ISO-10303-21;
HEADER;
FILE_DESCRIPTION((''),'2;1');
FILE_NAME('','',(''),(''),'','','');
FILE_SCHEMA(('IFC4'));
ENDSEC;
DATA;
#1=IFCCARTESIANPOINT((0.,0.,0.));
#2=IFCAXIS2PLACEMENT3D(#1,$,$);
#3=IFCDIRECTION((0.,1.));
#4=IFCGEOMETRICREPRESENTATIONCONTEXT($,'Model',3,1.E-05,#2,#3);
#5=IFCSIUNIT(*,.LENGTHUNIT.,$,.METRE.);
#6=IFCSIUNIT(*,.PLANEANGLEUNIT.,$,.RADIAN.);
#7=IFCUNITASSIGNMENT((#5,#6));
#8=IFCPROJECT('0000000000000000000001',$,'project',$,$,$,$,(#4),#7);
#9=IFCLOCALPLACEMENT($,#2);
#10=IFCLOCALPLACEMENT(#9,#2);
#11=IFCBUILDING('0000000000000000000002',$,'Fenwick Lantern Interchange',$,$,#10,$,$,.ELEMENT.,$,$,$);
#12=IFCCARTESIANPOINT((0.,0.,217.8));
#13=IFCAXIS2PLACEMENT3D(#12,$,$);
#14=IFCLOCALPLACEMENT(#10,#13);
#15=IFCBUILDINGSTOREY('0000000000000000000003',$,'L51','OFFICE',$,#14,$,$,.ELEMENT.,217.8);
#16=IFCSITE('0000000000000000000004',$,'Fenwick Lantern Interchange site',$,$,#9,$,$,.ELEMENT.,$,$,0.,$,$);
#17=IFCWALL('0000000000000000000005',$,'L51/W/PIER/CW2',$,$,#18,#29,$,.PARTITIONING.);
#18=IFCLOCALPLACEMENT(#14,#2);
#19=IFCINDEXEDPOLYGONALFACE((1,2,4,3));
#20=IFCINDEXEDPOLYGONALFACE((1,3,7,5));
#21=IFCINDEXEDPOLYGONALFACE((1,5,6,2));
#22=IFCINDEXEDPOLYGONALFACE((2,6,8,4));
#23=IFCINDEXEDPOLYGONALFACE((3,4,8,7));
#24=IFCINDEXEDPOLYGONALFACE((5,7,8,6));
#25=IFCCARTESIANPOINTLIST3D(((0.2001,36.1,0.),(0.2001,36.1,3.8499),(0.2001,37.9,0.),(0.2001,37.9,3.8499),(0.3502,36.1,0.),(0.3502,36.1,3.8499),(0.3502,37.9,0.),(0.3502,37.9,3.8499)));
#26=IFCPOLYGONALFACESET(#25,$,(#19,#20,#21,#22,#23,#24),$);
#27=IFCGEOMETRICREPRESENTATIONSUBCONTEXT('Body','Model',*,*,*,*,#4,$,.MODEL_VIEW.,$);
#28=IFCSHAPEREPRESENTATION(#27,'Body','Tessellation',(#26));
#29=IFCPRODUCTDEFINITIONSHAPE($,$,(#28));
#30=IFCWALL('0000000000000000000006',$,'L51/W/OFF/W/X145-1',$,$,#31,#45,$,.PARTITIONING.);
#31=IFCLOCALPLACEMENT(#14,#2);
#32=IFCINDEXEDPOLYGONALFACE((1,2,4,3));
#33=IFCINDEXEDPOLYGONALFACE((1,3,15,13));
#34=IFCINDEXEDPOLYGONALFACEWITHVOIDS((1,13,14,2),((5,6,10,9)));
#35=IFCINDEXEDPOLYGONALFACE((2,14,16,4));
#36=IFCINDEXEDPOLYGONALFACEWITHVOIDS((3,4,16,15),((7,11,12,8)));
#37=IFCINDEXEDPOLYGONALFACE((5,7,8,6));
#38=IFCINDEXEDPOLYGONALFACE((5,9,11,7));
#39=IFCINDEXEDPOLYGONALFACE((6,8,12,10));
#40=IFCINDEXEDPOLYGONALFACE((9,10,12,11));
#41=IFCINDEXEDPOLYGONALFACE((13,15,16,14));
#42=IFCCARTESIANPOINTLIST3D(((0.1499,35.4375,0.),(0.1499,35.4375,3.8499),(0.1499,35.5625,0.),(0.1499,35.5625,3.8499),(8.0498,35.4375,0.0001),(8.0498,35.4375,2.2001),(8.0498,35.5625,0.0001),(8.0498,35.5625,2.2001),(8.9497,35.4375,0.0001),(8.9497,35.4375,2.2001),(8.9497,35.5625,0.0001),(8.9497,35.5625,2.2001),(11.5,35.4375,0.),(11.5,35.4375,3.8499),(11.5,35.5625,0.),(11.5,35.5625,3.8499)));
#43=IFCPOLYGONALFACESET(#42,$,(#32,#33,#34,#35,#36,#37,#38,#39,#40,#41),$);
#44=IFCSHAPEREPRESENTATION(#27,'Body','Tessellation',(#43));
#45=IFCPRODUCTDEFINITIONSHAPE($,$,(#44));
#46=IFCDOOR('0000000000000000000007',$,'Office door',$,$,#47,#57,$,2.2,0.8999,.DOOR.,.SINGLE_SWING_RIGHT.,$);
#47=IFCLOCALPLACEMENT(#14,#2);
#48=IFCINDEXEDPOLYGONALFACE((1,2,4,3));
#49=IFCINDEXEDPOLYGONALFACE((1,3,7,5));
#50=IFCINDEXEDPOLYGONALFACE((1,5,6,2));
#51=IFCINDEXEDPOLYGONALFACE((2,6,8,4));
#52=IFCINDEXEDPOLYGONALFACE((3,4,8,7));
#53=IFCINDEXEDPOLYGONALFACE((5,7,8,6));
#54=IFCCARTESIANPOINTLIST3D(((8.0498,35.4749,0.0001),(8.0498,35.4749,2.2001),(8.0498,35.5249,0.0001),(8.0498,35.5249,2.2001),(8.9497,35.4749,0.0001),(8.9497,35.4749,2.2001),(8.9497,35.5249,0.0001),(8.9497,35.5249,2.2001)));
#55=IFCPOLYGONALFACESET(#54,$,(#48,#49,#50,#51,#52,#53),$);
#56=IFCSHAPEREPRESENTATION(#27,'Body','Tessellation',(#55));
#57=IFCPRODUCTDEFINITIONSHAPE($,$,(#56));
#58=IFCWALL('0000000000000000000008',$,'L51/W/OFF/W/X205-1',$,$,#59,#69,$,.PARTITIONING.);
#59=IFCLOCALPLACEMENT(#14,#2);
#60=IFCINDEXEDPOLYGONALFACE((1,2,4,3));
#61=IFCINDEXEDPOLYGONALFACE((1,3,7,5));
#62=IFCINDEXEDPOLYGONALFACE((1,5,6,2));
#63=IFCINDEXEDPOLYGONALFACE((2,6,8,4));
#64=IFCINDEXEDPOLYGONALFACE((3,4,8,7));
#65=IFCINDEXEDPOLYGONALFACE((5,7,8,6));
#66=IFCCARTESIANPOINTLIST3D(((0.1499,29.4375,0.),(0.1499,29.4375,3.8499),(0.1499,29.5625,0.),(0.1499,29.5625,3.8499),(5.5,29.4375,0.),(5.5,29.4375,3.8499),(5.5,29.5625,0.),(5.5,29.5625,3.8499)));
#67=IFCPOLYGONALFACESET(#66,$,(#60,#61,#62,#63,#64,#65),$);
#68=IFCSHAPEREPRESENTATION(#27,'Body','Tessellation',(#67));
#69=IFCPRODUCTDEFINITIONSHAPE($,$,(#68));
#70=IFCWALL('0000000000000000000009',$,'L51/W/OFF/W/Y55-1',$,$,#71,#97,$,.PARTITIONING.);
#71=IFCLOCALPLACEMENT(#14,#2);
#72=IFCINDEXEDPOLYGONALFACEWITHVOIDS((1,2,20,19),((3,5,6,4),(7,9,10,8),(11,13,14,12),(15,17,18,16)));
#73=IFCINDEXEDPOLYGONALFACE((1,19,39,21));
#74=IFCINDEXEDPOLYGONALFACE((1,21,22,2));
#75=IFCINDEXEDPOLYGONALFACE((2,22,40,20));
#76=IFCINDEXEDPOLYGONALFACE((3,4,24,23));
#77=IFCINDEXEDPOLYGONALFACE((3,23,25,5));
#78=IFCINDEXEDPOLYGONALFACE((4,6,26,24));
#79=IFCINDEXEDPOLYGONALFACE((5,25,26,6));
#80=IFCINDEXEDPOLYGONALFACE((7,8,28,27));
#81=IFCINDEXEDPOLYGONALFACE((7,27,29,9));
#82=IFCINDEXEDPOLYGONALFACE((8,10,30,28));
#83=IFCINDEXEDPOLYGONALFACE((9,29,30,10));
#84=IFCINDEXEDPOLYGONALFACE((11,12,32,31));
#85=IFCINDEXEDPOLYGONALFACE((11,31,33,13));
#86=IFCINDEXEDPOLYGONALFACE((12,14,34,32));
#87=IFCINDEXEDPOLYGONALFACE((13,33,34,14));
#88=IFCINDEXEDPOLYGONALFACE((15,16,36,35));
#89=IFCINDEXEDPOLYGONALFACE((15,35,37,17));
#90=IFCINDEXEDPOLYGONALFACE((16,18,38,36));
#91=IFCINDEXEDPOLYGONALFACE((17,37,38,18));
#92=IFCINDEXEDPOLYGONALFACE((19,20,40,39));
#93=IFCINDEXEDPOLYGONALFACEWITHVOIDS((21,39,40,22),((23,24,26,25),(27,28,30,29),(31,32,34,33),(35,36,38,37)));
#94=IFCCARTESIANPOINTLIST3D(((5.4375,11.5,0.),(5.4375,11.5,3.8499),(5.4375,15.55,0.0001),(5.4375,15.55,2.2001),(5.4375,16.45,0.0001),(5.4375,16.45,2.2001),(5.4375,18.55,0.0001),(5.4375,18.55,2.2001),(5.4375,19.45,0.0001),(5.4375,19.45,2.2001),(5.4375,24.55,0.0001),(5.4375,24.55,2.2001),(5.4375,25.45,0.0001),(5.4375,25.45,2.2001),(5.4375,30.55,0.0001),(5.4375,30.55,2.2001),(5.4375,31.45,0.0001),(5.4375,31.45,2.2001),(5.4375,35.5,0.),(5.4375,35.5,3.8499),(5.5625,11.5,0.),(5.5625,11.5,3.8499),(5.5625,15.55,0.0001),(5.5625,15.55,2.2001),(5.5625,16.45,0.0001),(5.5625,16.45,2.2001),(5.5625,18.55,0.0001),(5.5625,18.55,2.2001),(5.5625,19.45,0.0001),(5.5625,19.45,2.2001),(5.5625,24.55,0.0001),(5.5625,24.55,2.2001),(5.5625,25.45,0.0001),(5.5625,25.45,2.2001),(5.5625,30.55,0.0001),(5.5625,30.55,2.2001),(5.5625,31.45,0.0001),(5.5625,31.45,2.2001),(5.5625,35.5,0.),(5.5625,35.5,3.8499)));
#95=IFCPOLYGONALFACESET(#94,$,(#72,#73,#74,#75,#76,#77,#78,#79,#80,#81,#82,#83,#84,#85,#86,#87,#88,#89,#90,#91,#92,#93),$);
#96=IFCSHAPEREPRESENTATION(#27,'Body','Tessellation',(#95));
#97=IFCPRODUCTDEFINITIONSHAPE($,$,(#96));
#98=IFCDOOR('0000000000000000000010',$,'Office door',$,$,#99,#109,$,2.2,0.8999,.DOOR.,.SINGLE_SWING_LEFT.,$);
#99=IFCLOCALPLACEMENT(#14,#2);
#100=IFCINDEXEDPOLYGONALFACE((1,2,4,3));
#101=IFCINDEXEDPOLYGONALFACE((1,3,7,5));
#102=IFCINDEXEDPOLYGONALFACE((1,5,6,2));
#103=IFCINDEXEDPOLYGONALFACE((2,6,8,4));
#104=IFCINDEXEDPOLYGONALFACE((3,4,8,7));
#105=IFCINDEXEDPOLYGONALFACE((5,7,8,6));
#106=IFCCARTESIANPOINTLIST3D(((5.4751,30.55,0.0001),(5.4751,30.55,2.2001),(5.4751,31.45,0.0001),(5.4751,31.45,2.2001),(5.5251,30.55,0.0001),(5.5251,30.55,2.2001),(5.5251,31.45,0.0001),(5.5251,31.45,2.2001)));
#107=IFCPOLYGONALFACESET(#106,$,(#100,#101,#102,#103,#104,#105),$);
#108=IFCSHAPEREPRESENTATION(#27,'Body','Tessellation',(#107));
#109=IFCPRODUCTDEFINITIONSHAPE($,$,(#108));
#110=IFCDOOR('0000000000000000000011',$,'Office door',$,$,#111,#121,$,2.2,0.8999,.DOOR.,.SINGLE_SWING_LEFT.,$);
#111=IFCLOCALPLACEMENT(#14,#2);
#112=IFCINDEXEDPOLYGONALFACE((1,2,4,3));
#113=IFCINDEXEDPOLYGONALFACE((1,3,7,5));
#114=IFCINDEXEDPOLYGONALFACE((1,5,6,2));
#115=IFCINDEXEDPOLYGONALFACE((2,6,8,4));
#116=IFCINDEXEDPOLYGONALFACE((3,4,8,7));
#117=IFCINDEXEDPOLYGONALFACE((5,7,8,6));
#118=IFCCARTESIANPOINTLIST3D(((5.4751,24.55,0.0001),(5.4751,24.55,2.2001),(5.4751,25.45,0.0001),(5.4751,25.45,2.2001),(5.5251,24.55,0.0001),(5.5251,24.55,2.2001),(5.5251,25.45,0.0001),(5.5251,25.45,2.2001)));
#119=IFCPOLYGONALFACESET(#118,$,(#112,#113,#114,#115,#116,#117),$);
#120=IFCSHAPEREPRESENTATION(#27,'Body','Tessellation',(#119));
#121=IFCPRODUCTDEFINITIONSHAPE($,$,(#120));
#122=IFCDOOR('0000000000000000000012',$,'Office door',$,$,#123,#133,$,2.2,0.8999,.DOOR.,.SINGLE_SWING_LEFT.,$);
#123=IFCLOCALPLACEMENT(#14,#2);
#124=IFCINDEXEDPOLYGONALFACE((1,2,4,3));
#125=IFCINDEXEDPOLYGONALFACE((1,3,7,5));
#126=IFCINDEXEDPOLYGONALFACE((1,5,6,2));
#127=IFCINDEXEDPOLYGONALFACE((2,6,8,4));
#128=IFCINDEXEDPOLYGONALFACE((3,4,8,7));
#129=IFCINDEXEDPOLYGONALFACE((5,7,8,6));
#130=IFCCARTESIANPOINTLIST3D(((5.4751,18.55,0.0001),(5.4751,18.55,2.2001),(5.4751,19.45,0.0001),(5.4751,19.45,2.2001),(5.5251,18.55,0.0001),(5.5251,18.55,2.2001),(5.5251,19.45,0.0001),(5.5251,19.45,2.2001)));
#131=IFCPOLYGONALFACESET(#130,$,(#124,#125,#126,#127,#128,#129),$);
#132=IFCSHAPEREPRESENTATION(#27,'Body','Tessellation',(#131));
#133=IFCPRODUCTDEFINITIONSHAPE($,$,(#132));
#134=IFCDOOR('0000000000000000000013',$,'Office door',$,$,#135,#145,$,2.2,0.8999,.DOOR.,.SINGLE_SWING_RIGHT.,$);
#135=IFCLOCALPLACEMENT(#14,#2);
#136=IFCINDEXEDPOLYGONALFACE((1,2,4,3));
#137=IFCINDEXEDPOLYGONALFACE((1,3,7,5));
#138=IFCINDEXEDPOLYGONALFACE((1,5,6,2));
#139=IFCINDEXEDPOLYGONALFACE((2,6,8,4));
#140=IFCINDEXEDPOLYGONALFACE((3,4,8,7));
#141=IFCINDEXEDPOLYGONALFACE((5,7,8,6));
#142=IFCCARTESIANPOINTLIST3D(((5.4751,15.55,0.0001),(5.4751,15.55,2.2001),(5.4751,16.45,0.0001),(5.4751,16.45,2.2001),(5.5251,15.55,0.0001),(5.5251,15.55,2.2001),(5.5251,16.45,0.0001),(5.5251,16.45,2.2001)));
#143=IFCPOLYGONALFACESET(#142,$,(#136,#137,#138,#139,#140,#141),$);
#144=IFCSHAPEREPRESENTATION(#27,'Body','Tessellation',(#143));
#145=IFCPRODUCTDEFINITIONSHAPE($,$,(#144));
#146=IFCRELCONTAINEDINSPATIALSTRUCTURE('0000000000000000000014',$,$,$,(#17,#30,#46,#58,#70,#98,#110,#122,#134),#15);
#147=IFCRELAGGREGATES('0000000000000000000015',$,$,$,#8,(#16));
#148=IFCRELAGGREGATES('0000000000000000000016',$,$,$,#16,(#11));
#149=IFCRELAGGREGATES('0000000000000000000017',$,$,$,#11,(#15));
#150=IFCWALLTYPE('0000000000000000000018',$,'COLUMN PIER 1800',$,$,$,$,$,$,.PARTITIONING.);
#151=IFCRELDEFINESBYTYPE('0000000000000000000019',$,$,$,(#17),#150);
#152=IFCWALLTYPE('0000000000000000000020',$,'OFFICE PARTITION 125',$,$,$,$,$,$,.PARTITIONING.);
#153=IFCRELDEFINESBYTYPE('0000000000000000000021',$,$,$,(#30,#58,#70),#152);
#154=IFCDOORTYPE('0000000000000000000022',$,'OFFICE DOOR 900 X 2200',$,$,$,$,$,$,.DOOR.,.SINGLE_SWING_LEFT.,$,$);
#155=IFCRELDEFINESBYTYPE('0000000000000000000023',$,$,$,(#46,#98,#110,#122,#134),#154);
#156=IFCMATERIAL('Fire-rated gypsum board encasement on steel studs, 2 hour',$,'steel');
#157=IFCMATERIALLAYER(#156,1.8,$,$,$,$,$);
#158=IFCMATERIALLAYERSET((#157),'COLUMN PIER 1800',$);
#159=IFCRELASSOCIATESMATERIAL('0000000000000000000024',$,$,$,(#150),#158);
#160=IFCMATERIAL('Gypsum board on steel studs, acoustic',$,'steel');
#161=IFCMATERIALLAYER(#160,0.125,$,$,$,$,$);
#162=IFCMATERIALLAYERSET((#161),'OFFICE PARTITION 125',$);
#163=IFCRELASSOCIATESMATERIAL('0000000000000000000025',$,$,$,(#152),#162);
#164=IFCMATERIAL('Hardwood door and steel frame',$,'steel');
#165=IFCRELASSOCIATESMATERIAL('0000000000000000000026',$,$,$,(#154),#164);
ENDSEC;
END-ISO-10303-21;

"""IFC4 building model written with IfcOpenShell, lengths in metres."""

from ifc_helpers import new_model, si_unit, direction, frame, frame_2d, origin, place, context, subcontext, project, spatial, rectangle, extrude, material, layer, layer_set, type_object, element, fill, save


model = new_model("IFC4")

# Units and contexts
model_context = context("Model", 3, precision=1e-05, world=origin(), true_north=direction((0.0, 1.0)))
body_context = subcontext(model_context, "Body", "Model", "MODEL_VIEW")
ifc_project = project(units=[si_unit("LENGTHUNIT", "METRE"), si_unit("PLANEANGLEUNIT", "RADIAN")], contexts=[model_context])

# Site, building, storey
site_placement = place(None, origin())
site = spatial("IfcSite", under=ifc_project, at=site_placement, Name="Fenwick Lantern Interchange site", CompositionType="ELEMENT", RefElevation=0.0)
building_placement = place(site_placement, origin())
building = spatial("IfcBuilding", under=site, at=building_placement, Name="Fenwick Lantern Interchange", CompositionType="ELEMENT")
storey_placement = place(building_placement, frame((0.0, 0.0, 217.8)))
storey = spatial("IfcBuildingStorey", under=building, at=storey_placement, Name="L51", Description="OFFICE", CompositionType="ELEMENT", Elevation=217.8)

# Wall
ifc_material_1 = material(Name="Fire-rated gypsum board encasement on steel studs, 2 hour", Category="steel")
ifc_layer_1 = layer(ifc_material_1, 1.8)
ifc_layer_set_1 = layer_set([ifc_layer_1], Name="COLUMN PIER 1800")
wall_type_1 = type_object("IfcWallType", Name="COLUMN PIER 1800", PredefinedType="PARTITIONING", material=ifc_layer_set_1)
wall_1_placement = place(storey_placement, frame((0.2, 37.0, 0.0), z_axis=(0.0, 0.0, 1.0), x_axis=(1.0, 0.0, 0.0)))
element("IfcWall", 1, at=wall_1_placement, inside=storey, type_object=wall_type_1, Name="L51/W/PIER/CW2", PredefinedType="PARTITIONING", context=body_context, shape_type="SweptSolid", body=[
    extrude(rectangle(XDim=0.1501, YDim=1.8, at=frame_2d((0.0752, 0.0))), origin(), (0.0, 0.0, 1.0), 3.8499),
])

# Wall, opening, door
ifc_material_2 = material(Name="Gypsum board on steel studs, acoustic", Category="steel")
ifc_layer_2 = layer(ifc_material_2, 0.125)
ifc_layer_set_2 = layer_set([ifc_layer_2], Name="OFFICE PARTITION 125")
wall_type_2 = type_object("IfcWallType", Name="OFFICE PARTITION 125", PredefinedType="PARTITIONING", material=ifc_layer_set_2)
wall_2_placement = place(storey_placement, frame((0.1499, 35.5, 0.0), z_axis=(0.0, 0.0, 1.0), x_axis=(1.0, 0.0, 0.0)))
wall_2 = element("IfcWall", 2, at=wall_2_placement, inside=storey, type_object=wall_type_2, Name="L51/W/OFF/W/X145-1", PredefinedType="PARTITIONING", context=body_context, shape_type="SweptSolid", body=[
    extrude(rectangle(XDim=11.3501, YDim=0.125, at=frame_2d((5.675, 0.0))), origin(), (0.0, 0.0, 1.0), 3.8499),
])
opening_1_placement = place(wall_2_placement, frame((7.8999, 0.0, 0.0)))
opening_1 = element("IfcOpeningElement", 3, at=opening_1_placement, cuts=wall_2, PredefinedType="OPENING", context=body_context, shape_type="SweptSolid", body=[
    extrude(rectangle(XDim=0.8999, YDim=2.2, at=frame_2d((0.45, 1.1001))), frame((0.0, 0.0725, 0.0), z_axis=(0.0, -1.0, 0.0), x_axis=(1.0, 0.0, 0.0)), (0.0, 0.0, 1.0), 0.145),
])
ifc_material_3 = material(Name="Hardwood door and steel frame", Category="steel")
door_type = type_object("IfcDoorType", Name="OFFICE DOOR 900 X 2200", OperationType="SINGLE_SWING_LEFT", PredefinedType="DOOR", material=ifc_material_3)
door_1_placement = place(opening_1_placement, origin())
door_1 = element("IfcDoor", 4, at=door_1_placement, inside=storey, type_object=door_type, Name="Office door", OperationType="SINGLE_SWING_RIGHT", OverallHeight=2.2, OverallWidth=0.8999, PredefinedType="DOOR", context=body_context, shape_type="SweptSolid", body=[
    extrude(rectangle(XDim=0.8999, YDim=2.2, at=frame_2d((0.45, 1.1001))), frame((0.0, 0.0249, 0.0), z_axis=(0.0, -1.0, 0.0), x_axis=(1.0, 0.0, 0.0)), (0.0, 0.0, 1.0), 0.05),
])
fill(opening_1, door_1)

# Wall
wall_3_placement = place(storey_placement, frame((0.1499, 29.5, 0.0), z_axis=(0.0, 0.0, 1.0), x_axis=(1.0, 0.0, 0.0)))
element("IfcWall", 5, at=wall_3_placement, inside=storey, type_object=wall_type_2, Name="L51/W/OFF/W/X205-1", PredefinedType="PARTITIONING", context=body_context, shape_type="SweptSolid", body=[
    extrude(rectangle(XDim=5.3501, YDim=0.125, at=frame_2d((2.675, 0.0))), origin(), (0.0, 0.0, 1.0), 3.8499),
])

# Wall, openings, doors
wall_4_placement = place(storey_placement, frame((5.5, 35.5, 0.0), z_axis=(0.0, 0.0, 1.0), x_axis=(0.0, -1.0, 0.0)))
wall_4 = element("IfcWall", 6, at=wall_4_placement, inside=storey, type_object=wall_type_2, Name="L51/W/OFF/W/Y55-1", PredefinedType="PARTITIONING", context=body_context, shape_type="SweptSolid", body=[
    extrude(rectangle(XDim=24.0, YDim=0.125, at=frame_2d((12.0, 0.0))), origin(), (0.0, 0.0, 1.0), 3.8499),
])
opening_2_placement = place(wall_4_placement, frame((4.05, 0.0, 0.0)))
opening_2 = element("IfcOpeningElement", 7, at=opening_2_placement, cuts=wall_4, PredefinedType="OPENING", context=body_context, shape_type="SweptSolid", body=[
    extrude(rectangle(XDim=0.8999, YDim=2.2, at=frame_2d((0.45, 1.1001))), frame((0.0, 0.0725, 0.0), z_axis=(0.0, -1.0, 0.0), x_axis=(1.0, 0.0, 0.0)), (0.0, 0.0, 1.0), 0.145),
])
opening_3_placement = place(wall_4_placement, frame((10.05, 0.0, 0.0)))
opening_3 = element("IfcOpeningElement", 8, at=opening_3_placement, cuts=wall_4, PredefinedType="OPENING", context=body_context, shape_type="SweptSolid", body=[
    extrude(rectangle(XDim=0.8999, YDim=2.2, at=frame_2d((0.45, 1.1001))), frame((0.0, 0.0725, 0.0), z_axis=(0.0, -1.0, 0.0), x_axis=(1.0, 0.0, 0.0)), (0.0, 0.0, 1.0), 0.145),
])
opening_4_placement = place(wall_4_placement, frame((16.05, 0.0, 0.0)))
opening_4 = element("IfcOpeningElement", 9, at=opening_4_placement, cuts=wall_4, PredefinedType="OPENING", context=body_context, shape_type="SweptSolid", body=[
    extrude(rectangle(XDim=0.8999, YDim=2.2, at=frame_2d((0.45, 1.1001))), frame((0.0, 0.0725, 0.0), z_axis=(0.0, -1.0, 0.0), x_axis=(1.0, 0.0, 0.0)), (0.0, 0.0, 1.0), 0.145),
])
opening_5_placement = place(wall_4_placement, frame((19.05, 0.0, 0.0)))
opening_5 = element("IfcOpeningElement", 10, at=opening_5_placement, cuts=wall_4, PredefinedType="OPENING", context=body_context, shape_type="SweptSolid", body=[
    extrude(rectangle(XDim=0.8999, YDim=2.2, at=frame_2d((0.45, 1.1001))), frame((0.0, 0.0725, 0.0), z_axis=(0.0, -1.0, 0.0), x_axis=(1.0, 0.0, 0.0)), (0.0, 0.0, 1.0), 0.145),
])
door_2_placement = place(opening_2_placement, frame((0.8999, 0.0, 0.0), z_axis=(0.0, 0.0, 1.0), x_axis=(-1.0, 0.0, 0.0)))
door_2 = element("IfcDoor", 11, at=door_2_placement, inside=storey, type_object=door_type, Name="Office door", OperationType="SINGLE_SWING_LEFT", OverallHeight=2.2, OverallWidth=0.8999, PredefinedType="DOOR", context=body_context, shape_type="SweptSolid", body=[
    extrude(rectangle(XDim=0.8999, YDim=2.2, at=frame_2d((0.45, 1.1001))), frame((0.0, 0.0249, 0.0), z_axis=(0.0, -1.0, 0.0), x_axis=(1.0, 0.0, 0.0)), (0.0, 0.0, 1.0), 0.05),
])
fill(opening_2, door_2)
door_3_placement = place(opening_3_placement, frame((0.8999, 0.0, 0.0), z_axis=(0.0, 0.0, 1.0), x_axis=(-1.0, 0.0, 0.0)))
door_3 = element("IfcDoor", 12, at=door_3_placement, inside=storey, type_object=door_type, Name="Office door", OperationType="SINGLE_SWING_LEFT", OverallHeight=2.2, OverallWidth=0.8999, PredefinedType="DOOR", context=body_context, shape_type="SweptSolid", body=[
    extrude(rectangle(XDim=0.8999, YDim=2.2, at=frame_2d((0.45, 1.1001))), frame((0.0, 0.0249, 0.0), z_axis=(0.0, -1.0, 0.0), x_axis=(1.0, 0.0, 0.0)), (0.0, 0.0, 1.0), 0.05),
])
fill(opening_3, door_3)
door_4_placement = place(opening_4_placement, frame((0.8999, 0.0, 0.0), z_axis=(0.0, 0.0, 1.0), x_axis=(-1.0, 0.0, 0.0)))
door_4 = element("IfcDoor", 13, at=door_4_placement, inside=storey, type_object=door_type, Name="Office door", OperationType="SINGLE_SWING_LEFT", OverallHeight=2.2, OverallWidth=0.8999, PredefinedType="DOOR", context=body_context, shape_type="SweptSolid", body=[
    extrude(rectangle(XDim=0.8999, YDim=2.2, at=frame_2d((0.45, 1.1001))), frame((0.0, 0.0249, 0.0), z_axis=(0.0, -1.0, 0.0), x_axis=(1.0, 0.0, 0.0)), (0.0, 0.0, 1.0), 0.05),
])
fill(opening_4, door_4)
door_5_placement = place(opening_5_placement, frame((0.8999, 0.0, 0.0), z_axis=(0.0, 0.0, 1.0), x_axis=(-1.0, 0.0, 0.0)))
door_5 = element("IfcDoor", 14, at=door_5_placement, inside=storey, type_object=door_type, Name="Office door", OperationType="SINGLE_SWING_RIGHT", OverallHeight=2.2, OverallWidth=0.8999, PredefinedType="DOOR", context=body_context, shape_type="SweptSolid", body=[
    extrude(rectangle(XDim=0.8999, YDim=2.2, at=frame_2d((0.45, 1.1001))), frame((0.0, 0.0249, 0.0), z_axis=(0.0, -1.0, 0.0), x_axis=(1.0, 0.0, 0.0)), (0.0, 0.0, 1.0), 0.05),
])
fill(opening_5, door_5)

save(model, "model.ifc")
